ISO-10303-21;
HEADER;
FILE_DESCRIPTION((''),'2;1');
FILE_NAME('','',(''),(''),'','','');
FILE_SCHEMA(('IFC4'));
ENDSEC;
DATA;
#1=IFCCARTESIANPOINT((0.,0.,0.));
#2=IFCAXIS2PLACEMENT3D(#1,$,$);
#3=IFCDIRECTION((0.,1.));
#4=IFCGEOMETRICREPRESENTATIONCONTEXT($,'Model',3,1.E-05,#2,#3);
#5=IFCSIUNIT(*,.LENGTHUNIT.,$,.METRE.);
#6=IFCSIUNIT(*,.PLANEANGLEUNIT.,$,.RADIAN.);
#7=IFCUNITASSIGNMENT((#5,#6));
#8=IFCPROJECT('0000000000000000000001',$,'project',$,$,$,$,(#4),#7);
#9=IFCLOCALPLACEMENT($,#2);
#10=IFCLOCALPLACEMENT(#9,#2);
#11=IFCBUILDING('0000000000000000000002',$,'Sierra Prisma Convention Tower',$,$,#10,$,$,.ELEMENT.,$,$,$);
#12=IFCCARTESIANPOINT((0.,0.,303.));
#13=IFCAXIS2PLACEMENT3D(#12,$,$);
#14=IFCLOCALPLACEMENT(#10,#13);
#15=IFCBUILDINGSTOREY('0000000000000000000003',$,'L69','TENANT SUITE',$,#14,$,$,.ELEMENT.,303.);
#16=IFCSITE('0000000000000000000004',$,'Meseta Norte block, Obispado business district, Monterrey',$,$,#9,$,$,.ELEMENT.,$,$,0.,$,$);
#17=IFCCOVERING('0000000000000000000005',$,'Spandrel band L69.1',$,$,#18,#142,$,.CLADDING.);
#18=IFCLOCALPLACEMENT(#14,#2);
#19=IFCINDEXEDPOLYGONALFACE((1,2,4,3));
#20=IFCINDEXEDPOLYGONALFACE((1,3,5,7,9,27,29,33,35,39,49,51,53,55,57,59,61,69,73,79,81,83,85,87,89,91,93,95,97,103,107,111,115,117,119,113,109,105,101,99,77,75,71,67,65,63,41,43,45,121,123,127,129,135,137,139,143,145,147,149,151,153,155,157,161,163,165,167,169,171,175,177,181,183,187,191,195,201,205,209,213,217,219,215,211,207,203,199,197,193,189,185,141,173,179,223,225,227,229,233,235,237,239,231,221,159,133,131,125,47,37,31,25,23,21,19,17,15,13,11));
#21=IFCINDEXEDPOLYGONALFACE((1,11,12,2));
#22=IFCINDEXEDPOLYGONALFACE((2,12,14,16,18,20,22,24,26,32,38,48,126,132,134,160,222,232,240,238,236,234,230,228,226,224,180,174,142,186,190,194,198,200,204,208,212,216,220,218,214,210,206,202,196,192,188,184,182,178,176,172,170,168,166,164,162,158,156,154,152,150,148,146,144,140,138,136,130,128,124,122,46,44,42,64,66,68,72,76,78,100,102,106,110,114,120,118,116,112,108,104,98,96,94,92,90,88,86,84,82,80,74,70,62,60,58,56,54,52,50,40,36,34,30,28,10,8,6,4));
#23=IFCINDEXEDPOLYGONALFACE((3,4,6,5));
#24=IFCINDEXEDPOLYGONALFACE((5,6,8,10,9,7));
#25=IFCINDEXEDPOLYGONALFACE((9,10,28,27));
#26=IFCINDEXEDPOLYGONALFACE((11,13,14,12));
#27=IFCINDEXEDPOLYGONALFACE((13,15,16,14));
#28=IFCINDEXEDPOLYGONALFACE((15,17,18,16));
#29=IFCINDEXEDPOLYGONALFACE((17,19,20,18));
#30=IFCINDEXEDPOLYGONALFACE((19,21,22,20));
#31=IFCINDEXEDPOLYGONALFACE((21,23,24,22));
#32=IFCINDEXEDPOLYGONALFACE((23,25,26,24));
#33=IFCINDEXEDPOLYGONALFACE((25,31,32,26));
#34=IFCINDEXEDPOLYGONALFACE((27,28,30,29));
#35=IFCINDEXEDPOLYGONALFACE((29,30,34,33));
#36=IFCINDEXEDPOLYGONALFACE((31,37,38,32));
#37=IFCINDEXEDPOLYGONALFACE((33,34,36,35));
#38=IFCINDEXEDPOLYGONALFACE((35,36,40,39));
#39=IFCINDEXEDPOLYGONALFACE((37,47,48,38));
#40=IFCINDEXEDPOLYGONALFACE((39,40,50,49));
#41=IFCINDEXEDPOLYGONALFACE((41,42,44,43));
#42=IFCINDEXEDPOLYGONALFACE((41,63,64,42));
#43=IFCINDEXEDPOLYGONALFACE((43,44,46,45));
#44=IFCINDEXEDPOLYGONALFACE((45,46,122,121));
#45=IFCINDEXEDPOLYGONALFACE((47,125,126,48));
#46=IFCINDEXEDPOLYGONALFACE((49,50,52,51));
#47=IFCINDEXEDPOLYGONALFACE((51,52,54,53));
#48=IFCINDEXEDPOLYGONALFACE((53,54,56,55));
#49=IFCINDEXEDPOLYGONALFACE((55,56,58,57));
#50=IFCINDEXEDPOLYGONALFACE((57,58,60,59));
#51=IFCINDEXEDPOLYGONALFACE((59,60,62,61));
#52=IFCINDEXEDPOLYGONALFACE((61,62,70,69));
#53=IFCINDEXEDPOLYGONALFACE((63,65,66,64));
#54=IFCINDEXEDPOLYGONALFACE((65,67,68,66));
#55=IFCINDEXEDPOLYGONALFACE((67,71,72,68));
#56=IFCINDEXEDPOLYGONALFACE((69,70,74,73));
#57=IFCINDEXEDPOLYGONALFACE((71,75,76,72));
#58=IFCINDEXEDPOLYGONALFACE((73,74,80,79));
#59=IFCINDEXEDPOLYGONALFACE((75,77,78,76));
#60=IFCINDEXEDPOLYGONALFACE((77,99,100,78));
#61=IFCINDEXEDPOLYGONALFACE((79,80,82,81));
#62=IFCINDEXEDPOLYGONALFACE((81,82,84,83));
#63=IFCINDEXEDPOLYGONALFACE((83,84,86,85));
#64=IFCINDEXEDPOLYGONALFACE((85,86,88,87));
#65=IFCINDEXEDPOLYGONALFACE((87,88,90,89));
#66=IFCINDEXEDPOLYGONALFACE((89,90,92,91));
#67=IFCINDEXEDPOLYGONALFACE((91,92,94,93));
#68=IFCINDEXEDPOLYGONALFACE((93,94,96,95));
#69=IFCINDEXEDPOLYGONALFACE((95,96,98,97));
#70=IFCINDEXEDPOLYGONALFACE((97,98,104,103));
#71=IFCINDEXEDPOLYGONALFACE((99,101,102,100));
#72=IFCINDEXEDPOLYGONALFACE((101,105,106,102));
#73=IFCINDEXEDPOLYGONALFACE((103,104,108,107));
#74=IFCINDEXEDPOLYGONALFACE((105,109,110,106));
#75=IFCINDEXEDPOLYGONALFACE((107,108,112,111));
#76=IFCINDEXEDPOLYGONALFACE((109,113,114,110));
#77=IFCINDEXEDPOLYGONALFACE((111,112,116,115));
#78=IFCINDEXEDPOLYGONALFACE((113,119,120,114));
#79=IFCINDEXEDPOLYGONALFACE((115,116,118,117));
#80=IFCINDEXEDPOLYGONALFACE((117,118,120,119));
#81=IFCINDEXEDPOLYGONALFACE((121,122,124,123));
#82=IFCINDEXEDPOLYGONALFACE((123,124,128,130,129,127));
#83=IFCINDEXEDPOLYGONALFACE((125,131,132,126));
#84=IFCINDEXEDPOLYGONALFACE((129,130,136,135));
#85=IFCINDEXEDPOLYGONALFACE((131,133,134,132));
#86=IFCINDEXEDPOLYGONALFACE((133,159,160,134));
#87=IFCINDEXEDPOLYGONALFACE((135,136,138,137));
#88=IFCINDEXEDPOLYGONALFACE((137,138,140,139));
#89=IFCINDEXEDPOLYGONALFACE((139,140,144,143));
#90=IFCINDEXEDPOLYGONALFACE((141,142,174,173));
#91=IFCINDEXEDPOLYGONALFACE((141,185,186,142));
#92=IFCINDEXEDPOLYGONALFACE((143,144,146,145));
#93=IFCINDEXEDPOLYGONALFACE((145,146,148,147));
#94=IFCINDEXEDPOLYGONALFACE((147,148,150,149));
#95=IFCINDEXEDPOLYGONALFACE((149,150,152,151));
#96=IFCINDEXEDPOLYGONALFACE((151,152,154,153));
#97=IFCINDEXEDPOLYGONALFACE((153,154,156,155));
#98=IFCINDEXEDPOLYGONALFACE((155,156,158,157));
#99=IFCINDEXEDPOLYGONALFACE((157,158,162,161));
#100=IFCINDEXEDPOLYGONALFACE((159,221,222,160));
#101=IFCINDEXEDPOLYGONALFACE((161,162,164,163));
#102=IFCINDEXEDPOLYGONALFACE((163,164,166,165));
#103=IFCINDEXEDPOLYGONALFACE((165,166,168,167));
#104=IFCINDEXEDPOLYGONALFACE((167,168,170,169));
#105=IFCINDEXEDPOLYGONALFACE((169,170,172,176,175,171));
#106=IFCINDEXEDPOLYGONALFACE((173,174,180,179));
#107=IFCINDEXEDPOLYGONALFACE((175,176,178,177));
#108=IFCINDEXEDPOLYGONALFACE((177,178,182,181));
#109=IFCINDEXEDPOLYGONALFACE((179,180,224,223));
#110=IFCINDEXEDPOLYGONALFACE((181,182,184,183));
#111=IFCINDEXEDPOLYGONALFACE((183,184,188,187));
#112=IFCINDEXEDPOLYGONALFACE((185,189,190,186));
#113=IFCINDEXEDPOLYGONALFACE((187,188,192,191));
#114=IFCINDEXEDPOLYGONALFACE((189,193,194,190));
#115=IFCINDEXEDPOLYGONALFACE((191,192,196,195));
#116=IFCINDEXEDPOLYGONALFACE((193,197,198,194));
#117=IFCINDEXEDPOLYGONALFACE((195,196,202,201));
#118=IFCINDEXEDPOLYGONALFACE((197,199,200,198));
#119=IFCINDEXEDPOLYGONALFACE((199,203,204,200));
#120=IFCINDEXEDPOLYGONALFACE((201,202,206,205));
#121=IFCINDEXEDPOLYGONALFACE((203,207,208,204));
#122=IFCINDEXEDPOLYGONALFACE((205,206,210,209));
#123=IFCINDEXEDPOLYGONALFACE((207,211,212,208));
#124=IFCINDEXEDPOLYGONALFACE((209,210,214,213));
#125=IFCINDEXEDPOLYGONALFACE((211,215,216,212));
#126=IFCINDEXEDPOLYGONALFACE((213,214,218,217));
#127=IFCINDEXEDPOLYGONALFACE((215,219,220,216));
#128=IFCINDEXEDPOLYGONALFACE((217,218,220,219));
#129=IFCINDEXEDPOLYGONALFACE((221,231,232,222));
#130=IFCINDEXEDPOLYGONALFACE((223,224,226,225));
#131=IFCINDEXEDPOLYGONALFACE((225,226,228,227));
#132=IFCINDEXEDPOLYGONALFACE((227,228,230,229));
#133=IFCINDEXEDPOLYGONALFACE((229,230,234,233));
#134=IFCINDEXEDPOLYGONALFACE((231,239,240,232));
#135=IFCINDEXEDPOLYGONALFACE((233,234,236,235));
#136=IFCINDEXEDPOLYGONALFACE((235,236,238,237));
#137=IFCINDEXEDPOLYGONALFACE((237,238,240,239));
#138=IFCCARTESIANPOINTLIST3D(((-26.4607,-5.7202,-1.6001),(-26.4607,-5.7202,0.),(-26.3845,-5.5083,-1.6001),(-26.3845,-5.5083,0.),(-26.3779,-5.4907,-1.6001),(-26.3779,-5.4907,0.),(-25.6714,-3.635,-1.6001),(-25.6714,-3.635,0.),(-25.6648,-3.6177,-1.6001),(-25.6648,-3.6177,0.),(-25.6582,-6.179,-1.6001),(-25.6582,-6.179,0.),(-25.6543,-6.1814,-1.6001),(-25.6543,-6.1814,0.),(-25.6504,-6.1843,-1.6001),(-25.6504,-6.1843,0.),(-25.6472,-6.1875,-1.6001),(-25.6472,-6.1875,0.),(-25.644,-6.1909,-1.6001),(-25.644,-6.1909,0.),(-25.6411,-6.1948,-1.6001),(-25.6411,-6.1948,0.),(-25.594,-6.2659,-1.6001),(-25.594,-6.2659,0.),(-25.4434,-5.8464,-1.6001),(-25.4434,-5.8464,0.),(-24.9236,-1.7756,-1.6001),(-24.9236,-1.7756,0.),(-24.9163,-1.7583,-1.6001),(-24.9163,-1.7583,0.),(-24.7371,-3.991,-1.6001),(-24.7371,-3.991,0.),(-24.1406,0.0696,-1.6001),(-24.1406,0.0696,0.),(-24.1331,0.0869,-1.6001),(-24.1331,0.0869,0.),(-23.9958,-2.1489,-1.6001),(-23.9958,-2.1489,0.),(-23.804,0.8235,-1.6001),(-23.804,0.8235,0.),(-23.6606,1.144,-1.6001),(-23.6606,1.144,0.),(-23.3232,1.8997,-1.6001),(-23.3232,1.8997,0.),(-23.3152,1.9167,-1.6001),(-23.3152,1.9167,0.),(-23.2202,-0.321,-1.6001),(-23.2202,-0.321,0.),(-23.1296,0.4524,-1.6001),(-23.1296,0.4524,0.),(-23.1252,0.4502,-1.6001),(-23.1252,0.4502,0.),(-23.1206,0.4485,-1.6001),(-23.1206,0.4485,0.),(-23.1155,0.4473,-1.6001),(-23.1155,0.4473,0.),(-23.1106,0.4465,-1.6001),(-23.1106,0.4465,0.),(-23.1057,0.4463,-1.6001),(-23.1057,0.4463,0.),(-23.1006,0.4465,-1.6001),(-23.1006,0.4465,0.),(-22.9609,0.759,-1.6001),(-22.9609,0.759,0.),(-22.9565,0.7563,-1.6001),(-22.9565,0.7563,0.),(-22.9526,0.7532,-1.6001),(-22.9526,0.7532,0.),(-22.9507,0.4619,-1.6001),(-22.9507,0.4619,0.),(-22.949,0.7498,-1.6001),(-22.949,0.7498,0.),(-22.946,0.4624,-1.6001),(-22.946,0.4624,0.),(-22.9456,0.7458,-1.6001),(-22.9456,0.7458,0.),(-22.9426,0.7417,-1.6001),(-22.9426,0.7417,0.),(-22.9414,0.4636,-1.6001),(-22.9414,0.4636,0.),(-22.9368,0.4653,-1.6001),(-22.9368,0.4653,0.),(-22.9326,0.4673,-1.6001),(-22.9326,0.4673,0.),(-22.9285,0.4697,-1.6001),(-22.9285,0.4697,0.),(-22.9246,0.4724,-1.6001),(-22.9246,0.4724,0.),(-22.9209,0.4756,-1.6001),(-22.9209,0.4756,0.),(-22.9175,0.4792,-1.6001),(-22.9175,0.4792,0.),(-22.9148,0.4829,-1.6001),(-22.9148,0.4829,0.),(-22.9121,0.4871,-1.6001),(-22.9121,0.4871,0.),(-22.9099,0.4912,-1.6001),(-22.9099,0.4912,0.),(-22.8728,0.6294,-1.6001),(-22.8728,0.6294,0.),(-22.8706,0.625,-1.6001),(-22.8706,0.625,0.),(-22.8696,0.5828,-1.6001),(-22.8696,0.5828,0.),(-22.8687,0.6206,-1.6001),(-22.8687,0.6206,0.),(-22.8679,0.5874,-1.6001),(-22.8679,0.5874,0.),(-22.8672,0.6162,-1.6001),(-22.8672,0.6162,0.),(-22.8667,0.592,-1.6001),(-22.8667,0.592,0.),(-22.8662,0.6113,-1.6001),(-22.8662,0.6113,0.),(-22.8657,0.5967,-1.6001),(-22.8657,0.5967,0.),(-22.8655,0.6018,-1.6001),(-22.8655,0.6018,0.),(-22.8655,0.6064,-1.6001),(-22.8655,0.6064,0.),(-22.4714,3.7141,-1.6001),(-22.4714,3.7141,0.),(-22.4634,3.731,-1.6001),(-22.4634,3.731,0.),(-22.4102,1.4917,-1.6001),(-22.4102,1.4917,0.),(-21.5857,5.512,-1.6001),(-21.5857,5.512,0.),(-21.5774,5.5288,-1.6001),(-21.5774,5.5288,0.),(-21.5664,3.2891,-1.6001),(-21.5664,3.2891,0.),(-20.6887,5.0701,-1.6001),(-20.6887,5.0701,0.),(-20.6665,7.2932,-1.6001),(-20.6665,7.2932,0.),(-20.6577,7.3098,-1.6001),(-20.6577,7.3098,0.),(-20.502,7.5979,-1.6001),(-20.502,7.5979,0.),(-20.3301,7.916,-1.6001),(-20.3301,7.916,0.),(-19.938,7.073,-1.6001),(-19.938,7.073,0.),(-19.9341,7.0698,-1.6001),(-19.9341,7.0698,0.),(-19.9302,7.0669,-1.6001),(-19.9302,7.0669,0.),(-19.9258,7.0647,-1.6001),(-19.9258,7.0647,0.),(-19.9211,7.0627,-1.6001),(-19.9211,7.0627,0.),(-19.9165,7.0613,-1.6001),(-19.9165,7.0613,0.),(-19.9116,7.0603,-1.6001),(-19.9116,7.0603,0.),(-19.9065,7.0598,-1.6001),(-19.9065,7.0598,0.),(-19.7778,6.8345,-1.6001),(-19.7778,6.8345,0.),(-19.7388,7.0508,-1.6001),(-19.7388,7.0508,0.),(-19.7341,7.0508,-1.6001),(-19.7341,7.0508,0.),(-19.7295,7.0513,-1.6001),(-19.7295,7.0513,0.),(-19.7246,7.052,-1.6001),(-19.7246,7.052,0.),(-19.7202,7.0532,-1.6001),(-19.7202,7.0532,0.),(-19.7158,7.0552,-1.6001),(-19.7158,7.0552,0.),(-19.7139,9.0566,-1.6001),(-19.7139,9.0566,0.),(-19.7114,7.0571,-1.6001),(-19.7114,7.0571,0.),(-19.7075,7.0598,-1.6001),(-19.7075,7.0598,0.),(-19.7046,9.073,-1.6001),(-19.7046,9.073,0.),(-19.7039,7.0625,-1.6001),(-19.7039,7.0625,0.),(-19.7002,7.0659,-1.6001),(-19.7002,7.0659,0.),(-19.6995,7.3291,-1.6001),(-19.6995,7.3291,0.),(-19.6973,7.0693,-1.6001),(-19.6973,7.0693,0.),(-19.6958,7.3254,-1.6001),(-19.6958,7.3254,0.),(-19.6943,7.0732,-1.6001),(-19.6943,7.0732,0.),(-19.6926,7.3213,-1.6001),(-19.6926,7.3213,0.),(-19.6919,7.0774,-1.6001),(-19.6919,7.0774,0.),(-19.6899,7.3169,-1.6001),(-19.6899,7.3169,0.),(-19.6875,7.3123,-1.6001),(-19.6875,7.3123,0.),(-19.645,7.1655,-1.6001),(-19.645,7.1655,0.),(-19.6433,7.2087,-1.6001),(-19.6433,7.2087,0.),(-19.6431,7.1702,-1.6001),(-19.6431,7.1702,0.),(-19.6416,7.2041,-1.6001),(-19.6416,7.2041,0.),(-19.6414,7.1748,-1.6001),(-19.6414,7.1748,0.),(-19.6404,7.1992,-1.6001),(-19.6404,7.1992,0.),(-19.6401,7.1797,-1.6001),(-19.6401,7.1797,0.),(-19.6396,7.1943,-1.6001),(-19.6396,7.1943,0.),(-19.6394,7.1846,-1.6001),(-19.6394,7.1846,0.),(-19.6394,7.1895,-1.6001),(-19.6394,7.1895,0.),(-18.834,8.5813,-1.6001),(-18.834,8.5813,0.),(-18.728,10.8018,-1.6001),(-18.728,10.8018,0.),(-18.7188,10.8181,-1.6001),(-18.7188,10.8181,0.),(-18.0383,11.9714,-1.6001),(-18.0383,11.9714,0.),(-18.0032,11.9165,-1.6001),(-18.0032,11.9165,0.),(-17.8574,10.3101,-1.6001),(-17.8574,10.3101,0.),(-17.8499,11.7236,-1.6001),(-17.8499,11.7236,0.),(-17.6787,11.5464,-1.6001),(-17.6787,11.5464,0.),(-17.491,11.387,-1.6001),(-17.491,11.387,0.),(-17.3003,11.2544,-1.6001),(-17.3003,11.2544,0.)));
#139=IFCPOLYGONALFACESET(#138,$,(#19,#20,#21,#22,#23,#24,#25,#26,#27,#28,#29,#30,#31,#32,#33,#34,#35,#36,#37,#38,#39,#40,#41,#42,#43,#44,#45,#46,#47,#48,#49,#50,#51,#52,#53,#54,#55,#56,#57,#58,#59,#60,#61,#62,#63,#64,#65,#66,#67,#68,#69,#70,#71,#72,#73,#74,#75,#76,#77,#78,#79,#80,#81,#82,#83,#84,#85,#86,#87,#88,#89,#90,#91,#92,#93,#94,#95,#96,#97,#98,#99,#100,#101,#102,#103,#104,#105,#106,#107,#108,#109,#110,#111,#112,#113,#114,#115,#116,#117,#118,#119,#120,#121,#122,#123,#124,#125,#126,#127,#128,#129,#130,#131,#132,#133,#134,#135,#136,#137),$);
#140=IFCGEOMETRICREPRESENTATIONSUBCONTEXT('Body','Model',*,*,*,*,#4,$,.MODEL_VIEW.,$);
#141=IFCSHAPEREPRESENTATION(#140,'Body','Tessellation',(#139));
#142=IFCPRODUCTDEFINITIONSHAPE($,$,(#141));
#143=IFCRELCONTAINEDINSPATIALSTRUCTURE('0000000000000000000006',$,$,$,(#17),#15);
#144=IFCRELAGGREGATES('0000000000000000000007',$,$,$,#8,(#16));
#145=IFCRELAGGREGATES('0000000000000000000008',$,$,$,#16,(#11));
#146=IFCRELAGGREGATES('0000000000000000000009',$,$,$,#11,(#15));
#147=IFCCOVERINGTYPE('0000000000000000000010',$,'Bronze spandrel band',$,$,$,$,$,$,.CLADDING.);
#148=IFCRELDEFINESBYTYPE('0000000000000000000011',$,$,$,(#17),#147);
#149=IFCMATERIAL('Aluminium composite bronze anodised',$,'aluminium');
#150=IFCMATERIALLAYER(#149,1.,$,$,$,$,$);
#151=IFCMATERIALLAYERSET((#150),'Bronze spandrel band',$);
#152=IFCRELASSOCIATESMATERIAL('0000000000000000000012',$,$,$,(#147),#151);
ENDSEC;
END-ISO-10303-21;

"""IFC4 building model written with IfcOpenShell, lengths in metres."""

from ifc_helpers import new_model, si_unit, direction, frame, origin, place, context, subcontext, project, spatial, polyline, outline, extrude, material, layer, layer_set, type_object, element, save


model = new_model("IFC4")

# Units and contexts
model_context = context("Model", 3, precision=1e-05, world=origin(), true_north=direction((0.0, 1.0)))
body_context = subcontext(model_context, "Body", "Model", "MODEL_VIEW")
ifc_project = project(units=[si_unit("LENGTHUNIT", "METRE"), si_unit("PLANEANGLEUNIT", "RADIAN")], contexts=[model_context])

# Site, building, storey
site_placement = place(None, origin())
site = spatial("IfcSite", under=ifc_project, at=site_placement, Name="Meseta Norte block, Obispado business district, Monterrey", CompositionType="ELEMENT", RefElevation=0.0)
building_placement = place(site_placement, origin())
building = spatial("IfcBuilding", under=site, at=building_placement, Name="Sierra Prisma Convention Tower", CompositionType="ELEMENT")
storey_placement = place(building_placement, frame((0.0, 0.0, 303.0)))
storey = spatial("IfcBuildingStorey", under=building, at=storey_placement, Name="L69", Description="TENANT SUITE", CompositionType="ELEMENT", Elevation=303.0)

# Covering
ifc_material_1 = material(Name="Aluminium composite bronze anodised", Category="aluminium")
ifc_layer_1 = layer(ifc_material_1, 1.0)
ifc_layer_set_1 = layer_set([ifc_layer_1], Name="Bronze spandrel band")
covering_type = type_object("IfcCoveringType", Name="Bronze spandrel band", PredefinedType="CLADDING", material=ifc_layer_set_1)
covering_1_placement = place(storey_placement, frame((0.0, 0.0, -1.6001)))
element("IfcCovering", 1, at=covering_1_placement, inside=storey, type_object=covering_type, Name="Spandrel band L69.1", PredefinedType="CLADDING", context=body_context, shape_type="SweptSolid", body=[
    extrude(outline(polyline([(-23.1006, 0.4465), (-22.9507, 0.4619), (-22.946, 0.4624), (-22.9414, 0.4636), (-22.9368, 0.4653), (-22.9326, 0.4673), (-22.9285, 0.4697), (-22.9246, 0.4724), (-22.9209, 0.4756), (-22.9175, 0.4792), (-22.9148, 0.4829), (-22.9121, 0.4871), (-22.9099, 0.4912), (-22.8696, 0.5828), (-22.8679, 0.5874), (-22.8667, 0.592), (-22.8657, 0.5967), (-22.8655, 0.6018), (-22.8655, 0.6064), (-22.8662, 0.6113), (-22.8672, 0.6162), (-22.8687, 0.6206), (-22.8706, 0.625), (-22.8728, 0.6294), (-22.9426, 0.7417), (-22.9456, 0.7458), (-22.949, 0.7498), (-22.9526, 0.7532), (-22.9565, 0.7563), (-22.9609, 0.759), (-23.6606, 1.144), (-23.3232, 1.8997), (-23.3152, 1.9167), (-22.4714, 3.7141), (-22.4634, 3.731), (-21.5857, 5.512), (-21.5774, 5.5288), (-20.6665, 7.2932), (-20.6577, 7.3098), (-20.502, 7.5979), (-19.938, 7.073), (-19.9341, 7.0698), (-19.9302, 7.0669), (-19.9258, 7.0647), (-19.9211, 7.0627), (-19.9165, 7.0613), (-19.9116, 7.0603), (-19.9065, 7.0598), (-19.7388, 7.0508), (-19.7341, 7.0508), (-19.7295, 7.0513), (-19.7246, 7.052), (-19.7202, 7.0532), (-19.7158, 7.0552), (-19.7114, 7.0571), (-19.7075, 7.0598), (-19.7039, 7.0625), (-19.7002, 7.0659), (-19.6973, 7.0693), (-19.6943, 7.0732), (-19.6919, 7.0774), (-19.645, 7.1655), (-19.6431, 7.1702), (-19.6414, 7.1748), (-19.6401, 7.1797), (-19.6394, 7.1846), (-19.6394, 7.1895), (-19.6396, 7.1943), (-19.6404, 7.1992), (-19.6416, 7.2041), (-19.6433, 7.2087), (-19.6875, 7.3123), (-19.6899, 7.3169), (-19.6926, 7.3213), (-19.6958, 7.3254), (-19.6995, 7.3291), (-20.3301, 7.916), (-19.7139, 9.0566), (-19.7046, 9.073), (-18.728, 10.8018), (-18.7188, 10.8181), (-18.0383, 11.9714), (-18.0032, 11.9165), (-17.8499, 11.7236), (-17.6787, 11.5464), (-17.491, 11.387), (-17.3003, 11.2544), (-17.8574, 10.3101), (-18.834, 8.5813), (-19.7778, 6.8345), (-20.6887, 5.0701), (-21.5664, 3.2891), (-22.4102, 1.4917), (-23.2202, -0.321), (-23.9958, -2.1489), (-24.7371, -3.991), (-25.4434, -5.8464), (-25.594, -6.2659), (-25.6411, -6.1948), (-25.644, -6.1909), (-25.6472, -6.1875), (-25.6504, -6.1843), (-25.6543, -6.1814), (-25.6582, -6.179), (-26.4607, -5.7202), (-26.3845, -5.5083), (-26.3779, -5.4907), (-25.6714, -3.635), (-25.6648, -3.6177), (-24.9236, -1.7756), (-24.9163, -1.7583), (-24.1406, 0.0696), (-24.1331, 0.0869), (-23.804, 0.8235), (-23.1296, 0.4524), (-23.1252, 0.4502), (-23.1206, 0.4485), (-23.1155, 0.4473), (-23.1106, 0.4465), (-23.1057, 0.4463), (-23.1006, 0.4465)])), origin(), (0.0, 0.0, 1.0), 1.6001),
])

save(model, "model.ifc")
